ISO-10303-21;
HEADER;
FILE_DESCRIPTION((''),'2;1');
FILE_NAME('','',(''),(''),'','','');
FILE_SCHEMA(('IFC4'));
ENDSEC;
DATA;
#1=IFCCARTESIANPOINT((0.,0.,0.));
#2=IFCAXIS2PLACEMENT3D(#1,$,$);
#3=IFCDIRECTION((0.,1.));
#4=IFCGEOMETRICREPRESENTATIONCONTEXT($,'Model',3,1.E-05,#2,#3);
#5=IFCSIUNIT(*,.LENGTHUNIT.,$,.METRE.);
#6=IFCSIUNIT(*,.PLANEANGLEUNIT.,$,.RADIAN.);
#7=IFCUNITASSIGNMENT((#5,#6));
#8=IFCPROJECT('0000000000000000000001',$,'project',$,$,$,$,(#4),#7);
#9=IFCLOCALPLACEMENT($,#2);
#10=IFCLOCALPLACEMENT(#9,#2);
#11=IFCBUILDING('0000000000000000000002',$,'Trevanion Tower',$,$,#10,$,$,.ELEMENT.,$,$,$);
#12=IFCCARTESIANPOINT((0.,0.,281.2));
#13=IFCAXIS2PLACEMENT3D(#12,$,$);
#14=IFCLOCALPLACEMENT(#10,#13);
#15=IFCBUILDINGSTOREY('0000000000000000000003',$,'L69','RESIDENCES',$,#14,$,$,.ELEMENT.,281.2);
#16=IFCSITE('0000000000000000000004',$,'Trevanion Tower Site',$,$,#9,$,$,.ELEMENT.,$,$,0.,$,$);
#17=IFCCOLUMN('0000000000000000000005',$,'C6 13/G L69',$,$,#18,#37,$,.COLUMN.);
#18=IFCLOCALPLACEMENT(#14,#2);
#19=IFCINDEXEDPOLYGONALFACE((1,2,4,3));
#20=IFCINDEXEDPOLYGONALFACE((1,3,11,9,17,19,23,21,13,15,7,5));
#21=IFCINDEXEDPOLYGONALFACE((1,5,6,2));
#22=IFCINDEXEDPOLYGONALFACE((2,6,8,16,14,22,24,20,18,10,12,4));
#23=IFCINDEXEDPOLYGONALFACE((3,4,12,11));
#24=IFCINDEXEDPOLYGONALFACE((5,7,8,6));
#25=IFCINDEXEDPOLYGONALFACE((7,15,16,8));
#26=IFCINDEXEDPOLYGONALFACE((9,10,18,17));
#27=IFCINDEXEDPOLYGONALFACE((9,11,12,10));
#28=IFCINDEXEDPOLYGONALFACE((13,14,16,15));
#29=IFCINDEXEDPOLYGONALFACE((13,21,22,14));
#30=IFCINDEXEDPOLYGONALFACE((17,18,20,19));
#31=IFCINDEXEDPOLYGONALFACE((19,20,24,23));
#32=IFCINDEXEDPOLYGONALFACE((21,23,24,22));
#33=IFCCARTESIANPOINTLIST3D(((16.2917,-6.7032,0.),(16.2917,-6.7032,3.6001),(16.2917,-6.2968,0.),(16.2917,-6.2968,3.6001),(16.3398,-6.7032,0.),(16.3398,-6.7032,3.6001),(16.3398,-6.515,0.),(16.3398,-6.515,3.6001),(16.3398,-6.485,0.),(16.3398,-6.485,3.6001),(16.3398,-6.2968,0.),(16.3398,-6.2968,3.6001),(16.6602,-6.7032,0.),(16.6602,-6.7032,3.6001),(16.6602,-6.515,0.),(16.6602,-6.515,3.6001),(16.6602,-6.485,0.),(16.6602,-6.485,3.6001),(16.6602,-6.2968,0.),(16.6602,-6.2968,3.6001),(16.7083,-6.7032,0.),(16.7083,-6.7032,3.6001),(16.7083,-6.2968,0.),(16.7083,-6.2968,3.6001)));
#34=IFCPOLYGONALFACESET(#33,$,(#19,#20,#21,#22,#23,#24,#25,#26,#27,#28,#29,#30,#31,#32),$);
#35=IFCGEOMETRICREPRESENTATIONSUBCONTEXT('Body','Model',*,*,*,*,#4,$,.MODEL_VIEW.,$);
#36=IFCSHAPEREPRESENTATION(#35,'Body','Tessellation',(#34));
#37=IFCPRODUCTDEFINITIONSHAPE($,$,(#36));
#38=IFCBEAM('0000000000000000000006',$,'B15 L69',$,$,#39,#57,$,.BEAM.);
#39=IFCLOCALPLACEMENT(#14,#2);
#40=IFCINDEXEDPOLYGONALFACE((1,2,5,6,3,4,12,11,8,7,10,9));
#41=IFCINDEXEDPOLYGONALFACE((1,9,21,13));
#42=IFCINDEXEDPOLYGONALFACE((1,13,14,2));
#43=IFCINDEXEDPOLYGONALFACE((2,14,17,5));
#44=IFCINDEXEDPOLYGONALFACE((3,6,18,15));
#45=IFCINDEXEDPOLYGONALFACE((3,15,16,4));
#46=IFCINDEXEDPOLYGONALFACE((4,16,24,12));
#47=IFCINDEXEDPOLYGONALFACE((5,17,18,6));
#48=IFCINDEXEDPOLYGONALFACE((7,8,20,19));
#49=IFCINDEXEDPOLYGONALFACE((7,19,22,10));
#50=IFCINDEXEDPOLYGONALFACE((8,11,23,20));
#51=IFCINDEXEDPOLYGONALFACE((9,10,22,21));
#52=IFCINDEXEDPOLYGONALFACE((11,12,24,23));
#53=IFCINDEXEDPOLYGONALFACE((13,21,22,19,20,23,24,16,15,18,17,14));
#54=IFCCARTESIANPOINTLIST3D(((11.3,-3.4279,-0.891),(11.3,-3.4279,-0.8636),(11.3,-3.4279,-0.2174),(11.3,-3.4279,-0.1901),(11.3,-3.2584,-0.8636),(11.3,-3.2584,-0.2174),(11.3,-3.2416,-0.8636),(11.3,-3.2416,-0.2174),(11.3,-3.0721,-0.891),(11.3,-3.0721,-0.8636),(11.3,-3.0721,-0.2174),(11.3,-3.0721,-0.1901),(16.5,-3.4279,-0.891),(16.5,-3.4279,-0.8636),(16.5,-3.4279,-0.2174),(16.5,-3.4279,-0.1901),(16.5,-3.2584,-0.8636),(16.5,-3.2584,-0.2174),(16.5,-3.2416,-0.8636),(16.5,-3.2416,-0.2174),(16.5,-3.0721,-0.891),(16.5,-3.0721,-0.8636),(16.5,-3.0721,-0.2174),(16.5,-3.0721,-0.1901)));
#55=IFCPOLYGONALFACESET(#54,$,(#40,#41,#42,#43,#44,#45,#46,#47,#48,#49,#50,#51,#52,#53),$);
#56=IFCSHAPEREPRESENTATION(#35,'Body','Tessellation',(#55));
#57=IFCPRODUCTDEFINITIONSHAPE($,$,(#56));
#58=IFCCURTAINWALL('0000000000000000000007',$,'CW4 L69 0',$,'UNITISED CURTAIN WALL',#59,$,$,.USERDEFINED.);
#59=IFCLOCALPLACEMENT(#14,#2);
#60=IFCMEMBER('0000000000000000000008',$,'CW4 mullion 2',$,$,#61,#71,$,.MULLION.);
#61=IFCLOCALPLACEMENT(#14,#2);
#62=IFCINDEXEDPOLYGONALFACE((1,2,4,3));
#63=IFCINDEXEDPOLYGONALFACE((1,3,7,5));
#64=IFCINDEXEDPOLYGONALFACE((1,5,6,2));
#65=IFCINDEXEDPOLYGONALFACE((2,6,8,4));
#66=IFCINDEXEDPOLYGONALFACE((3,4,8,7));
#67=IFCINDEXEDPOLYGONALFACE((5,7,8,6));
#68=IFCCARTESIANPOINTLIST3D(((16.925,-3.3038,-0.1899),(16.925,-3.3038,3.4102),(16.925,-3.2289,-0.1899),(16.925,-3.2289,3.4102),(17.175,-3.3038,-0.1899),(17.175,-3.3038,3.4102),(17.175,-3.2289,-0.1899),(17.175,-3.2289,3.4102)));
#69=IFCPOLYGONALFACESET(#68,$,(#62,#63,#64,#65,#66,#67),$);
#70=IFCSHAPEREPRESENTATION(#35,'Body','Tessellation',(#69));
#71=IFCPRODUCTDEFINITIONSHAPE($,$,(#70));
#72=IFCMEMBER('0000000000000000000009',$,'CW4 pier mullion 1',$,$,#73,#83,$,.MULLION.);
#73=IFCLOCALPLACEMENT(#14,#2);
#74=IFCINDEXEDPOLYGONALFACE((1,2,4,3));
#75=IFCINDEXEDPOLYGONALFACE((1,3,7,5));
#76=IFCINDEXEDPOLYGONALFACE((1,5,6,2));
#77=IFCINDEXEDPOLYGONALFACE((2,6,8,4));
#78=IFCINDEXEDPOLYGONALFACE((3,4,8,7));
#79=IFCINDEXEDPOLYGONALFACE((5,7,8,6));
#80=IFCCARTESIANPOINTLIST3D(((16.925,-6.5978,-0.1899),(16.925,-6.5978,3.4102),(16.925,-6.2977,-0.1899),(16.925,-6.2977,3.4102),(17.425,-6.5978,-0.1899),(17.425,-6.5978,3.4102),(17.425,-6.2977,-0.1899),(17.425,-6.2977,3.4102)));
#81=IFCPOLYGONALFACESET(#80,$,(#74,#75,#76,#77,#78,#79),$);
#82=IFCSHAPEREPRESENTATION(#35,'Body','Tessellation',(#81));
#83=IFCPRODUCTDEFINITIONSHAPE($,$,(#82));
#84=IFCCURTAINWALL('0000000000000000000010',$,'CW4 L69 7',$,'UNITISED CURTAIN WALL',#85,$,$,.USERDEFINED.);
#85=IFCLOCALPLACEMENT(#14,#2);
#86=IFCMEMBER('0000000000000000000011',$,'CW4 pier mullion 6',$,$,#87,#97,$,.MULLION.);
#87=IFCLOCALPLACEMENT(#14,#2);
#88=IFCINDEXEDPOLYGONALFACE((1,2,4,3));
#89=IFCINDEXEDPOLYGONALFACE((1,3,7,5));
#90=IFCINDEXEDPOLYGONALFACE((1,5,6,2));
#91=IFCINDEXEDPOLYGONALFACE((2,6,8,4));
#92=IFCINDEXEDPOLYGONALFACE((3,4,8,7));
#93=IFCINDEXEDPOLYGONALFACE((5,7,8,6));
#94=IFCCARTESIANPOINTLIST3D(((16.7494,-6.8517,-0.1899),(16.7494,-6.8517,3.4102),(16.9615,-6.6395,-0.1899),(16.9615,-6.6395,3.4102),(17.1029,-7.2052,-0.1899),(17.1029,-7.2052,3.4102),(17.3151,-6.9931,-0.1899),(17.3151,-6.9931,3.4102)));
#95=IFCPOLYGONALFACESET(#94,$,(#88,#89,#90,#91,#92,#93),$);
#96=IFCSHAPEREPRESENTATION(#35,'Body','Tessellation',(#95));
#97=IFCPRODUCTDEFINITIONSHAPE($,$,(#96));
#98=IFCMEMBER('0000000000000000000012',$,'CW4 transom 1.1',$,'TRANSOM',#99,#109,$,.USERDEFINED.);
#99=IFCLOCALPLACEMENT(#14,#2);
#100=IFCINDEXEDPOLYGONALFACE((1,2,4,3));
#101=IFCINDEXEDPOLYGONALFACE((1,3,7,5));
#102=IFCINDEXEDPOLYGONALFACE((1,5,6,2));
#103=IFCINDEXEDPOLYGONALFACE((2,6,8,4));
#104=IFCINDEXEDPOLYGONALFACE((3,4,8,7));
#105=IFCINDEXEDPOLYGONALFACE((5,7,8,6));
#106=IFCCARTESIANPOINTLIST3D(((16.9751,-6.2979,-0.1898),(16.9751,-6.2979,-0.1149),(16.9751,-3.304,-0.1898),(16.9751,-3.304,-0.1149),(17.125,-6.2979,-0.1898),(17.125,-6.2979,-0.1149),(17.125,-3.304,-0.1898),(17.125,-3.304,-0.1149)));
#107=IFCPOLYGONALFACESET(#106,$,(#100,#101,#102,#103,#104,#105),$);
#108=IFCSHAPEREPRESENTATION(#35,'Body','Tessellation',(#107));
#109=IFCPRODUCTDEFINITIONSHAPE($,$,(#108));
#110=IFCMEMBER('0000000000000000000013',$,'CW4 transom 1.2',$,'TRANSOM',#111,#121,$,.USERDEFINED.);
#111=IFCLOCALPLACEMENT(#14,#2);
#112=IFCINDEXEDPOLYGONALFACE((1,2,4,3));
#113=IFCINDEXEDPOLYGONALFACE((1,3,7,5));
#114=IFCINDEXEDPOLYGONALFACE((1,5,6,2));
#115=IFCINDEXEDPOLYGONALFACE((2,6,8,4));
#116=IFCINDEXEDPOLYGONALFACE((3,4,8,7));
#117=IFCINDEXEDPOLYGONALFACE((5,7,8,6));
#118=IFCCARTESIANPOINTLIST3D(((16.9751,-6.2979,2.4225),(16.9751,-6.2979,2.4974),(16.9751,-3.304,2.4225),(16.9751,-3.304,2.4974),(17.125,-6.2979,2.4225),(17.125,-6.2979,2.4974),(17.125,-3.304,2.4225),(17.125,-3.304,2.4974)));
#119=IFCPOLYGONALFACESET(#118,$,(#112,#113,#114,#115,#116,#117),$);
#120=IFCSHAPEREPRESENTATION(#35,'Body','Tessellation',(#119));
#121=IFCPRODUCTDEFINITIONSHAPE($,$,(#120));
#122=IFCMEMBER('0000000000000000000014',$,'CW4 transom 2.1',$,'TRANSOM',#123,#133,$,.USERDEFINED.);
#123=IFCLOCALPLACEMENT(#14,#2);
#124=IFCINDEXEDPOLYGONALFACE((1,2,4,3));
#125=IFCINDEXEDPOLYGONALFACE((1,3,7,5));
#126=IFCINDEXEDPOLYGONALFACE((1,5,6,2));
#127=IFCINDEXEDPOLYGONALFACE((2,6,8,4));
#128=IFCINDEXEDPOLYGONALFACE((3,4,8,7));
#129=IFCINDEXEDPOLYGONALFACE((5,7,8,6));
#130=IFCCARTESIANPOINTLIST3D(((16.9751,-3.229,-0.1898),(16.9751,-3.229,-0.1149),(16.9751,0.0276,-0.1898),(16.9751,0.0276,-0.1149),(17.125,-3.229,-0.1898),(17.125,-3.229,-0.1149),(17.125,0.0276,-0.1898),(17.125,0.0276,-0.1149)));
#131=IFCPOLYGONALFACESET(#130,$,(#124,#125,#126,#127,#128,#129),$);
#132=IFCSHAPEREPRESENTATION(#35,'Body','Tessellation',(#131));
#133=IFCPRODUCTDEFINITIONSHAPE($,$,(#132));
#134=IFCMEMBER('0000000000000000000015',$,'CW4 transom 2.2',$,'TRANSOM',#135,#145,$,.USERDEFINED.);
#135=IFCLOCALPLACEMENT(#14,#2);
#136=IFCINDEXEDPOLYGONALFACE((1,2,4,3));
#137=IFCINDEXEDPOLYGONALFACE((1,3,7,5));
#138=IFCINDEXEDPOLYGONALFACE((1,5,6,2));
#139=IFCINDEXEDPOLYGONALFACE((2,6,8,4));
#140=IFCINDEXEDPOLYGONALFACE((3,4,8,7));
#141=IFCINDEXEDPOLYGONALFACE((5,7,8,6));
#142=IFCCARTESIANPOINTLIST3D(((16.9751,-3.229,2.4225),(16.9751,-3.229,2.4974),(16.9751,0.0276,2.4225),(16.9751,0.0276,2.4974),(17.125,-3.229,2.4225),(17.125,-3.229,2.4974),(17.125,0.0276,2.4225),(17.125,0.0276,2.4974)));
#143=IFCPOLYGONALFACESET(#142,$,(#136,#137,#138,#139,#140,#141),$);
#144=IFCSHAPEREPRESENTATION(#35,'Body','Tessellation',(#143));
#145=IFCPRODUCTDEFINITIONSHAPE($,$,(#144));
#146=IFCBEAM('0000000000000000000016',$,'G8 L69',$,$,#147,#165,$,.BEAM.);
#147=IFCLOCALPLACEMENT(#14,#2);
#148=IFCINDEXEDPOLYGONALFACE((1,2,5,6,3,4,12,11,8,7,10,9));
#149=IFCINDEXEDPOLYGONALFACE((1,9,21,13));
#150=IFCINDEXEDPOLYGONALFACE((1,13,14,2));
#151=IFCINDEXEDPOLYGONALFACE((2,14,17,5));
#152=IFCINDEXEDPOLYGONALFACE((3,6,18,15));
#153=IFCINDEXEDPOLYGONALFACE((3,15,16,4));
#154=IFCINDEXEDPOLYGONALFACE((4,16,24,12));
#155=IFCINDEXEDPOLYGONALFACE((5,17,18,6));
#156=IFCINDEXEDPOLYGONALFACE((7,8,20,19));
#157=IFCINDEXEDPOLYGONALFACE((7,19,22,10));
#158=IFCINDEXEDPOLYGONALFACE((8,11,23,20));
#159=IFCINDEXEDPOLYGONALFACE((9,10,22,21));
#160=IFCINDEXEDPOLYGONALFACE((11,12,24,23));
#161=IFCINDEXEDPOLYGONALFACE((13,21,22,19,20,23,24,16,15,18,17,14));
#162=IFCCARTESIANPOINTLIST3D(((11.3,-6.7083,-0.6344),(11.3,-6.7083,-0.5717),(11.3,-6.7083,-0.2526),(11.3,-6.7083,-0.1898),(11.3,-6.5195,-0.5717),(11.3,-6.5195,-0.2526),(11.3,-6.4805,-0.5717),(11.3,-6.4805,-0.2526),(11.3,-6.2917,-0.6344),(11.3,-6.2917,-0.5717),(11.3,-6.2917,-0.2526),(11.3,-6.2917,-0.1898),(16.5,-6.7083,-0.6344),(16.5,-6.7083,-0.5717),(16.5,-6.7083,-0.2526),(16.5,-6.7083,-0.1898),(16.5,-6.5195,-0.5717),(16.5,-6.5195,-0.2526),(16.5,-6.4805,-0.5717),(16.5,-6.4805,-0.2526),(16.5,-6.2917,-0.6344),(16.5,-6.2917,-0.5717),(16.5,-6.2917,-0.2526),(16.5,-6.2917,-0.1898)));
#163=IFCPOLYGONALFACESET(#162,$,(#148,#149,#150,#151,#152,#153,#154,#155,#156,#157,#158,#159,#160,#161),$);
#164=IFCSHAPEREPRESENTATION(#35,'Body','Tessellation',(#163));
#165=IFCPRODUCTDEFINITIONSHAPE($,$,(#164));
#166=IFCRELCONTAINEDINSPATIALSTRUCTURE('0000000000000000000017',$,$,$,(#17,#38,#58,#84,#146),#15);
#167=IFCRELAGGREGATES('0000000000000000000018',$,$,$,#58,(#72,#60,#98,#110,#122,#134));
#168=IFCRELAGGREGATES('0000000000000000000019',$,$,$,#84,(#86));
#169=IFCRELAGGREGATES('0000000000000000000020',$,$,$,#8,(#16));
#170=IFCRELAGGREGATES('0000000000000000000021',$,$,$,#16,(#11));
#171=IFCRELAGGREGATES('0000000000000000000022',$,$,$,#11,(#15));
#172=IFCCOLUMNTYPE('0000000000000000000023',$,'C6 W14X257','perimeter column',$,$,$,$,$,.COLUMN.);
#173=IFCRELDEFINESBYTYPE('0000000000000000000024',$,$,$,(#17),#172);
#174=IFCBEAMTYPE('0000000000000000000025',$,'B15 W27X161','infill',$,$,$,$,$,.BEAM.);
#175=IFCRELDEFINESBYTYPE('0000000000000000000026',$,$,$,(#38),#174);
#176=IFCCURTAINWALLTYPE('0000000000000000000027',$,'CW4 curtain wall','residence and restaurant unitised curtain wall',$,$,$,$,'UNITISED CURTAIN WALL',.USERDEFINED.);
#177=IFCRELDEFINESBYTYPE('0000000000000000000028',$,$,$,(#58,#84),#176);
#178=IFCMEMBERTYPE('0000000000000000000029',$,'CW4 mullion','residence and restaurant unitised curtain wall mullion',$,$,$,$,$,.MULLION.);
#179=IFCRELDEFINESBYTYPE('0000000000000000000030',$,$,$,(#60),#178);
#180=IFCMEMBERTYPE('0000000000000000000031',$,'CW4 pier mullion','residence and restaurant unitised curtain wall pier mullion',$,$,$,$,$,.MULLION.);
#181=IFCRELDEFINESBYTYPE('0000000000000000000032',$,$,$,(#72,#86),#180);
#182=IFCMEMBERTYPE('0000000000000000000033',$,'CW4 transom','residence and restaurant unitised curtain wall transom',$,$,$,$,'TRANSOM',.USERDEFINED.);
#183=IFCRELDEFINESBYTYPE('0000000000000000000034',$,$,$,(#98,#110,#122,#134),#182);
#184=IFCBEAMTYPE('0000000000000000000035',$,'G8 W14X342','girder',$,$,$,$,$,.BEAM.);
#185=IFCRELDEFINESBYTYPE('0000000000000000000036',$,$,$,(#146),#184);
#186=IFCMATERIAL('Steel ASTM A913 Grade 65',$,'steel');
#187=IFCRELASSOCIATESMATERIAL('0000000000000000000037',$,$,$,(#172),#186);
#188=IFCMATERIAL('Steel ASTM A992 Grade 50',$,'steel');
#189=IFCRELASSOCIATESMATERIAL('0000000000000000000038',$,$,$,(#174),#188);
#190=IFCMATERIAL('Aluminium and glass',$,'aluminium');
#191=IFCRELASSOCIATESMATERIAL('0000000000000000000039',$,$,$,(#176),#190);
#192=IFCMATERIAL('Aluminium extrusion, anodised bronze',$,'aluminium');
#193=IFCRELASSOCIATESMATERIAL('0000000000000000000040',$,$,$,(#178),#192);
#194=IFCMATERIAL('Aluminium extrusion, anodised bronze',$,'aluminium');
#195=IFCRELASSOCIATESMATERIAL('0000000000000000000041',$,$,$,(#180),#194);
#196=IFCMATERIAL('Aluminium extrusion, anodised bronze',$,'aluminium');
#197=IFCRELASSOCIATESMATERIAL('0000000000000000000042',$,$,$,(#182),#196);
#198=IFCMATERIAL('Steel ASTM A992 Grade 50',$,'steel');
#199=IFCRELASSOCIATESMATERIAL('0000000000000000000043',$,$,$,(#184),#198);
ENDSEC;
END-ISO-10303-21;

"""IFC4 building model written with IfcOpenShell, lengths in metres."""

from ifc_helpers import new_model, si_unit, direction, frame, origin, origin_2d, place, context, subcontext, project, spatial, rectangle, i_section, extrude, material, material_profile, profile_set, type_object, element, aggregate, save


model = new_model("IFC4")

# Units and contexts
model_context = context("Model", 3, precision=1e-05, world=origin(), true_north=direction((0.0, 1.0)))
body_context = subcontext(model_context, "Body", "Model", "MODEL_VIEW")
ifc_project = project(units=[si_unit("LENGTHUNIT", "METRE"), si_unit("PLANEANGLEUNIT", "RADIAN")], contexts=[model_context])

# Site, building, storey
site_placement = place(None, origin())
site = spatial("IfcSite", under=ifc_project, at=site_placement, Name="Trevanion Tower Site", CompositionType="ELEMENT", RefElevation=0.0)
building_placement = place(site_placement, origin())
building = spatial("IfcBuilding", under=site, at=building_placement, Name="Trevanion Tower", CompositionType="ELEMENT")
storey_placement = place(building_placement, frame((0.0, 0.0, 281.2)))
storey = spatial("IfcBuildingStorey", under=building, at=storey_placement, Name="L69", Description="RESIDENCES", CompositionType="ELEMENT", Elevation=281.2)

# Column
ifc_material_1 = material(Name="Steel ASTM A913 Grade 65", Category="steel")
ifc_material_profile_1 = material_profile(ifc_material_1, i_section(OverallWidth=0.4065, OverallDepth=0.4165, WebThickness=0.03, FlangeThickness=0.0481, at=origin_2d()), Name="W14X257")
ifc_profile_set_1 = profile_set([ifc_material_profile_1], Name="Steel ASTM A913 Grade 65")
column_type = type_object("IfcColumnType", Name="C6 W14X257", Description="perimeter column", PredefinedType="COLUMN", material=ifc_profile_set_1)
column_placement = place(storey_placement, frame((16.5, -6.5, 0.0), z_axis=(0.0, 0.0, 1.0), x_axis=(0.0, 1.0, 0.0)))
element("IfcColumn", 1, at=column_placement, inside=storey, type_object=column_type, Name="C6 13/G L69", PredefinedType="COLUMN", context=body_context, shape_type="SweptSolid", body=[
    extrude(i_section(OverallWidth=0.4065, OverallDepth=0.4165, WebThickness=0.03, FlangeThickness=0.0481, at=origin_2d()), origin(), (0.0, 0.0, 1.0), 3.6001),
])

# Beam
ifc_material_2 = material(Name="Steel ASTM A992 Grade 50", Category="steel")
ifc_material_profile_2 = material_profile(ifc_material_2, i_section(OverallWidth=0.3557, OverallDepth=0.7009, WebThickness=0.0168, FlangeThickness=0.0273, at=origin_2d()), Name="W27X161")
ifc_profile_set_2 = profile_set([ifc_material_profile_2], Name="Steel ASTM A992 Grade 50")
beam_type_1 = type_object("IfcBeamType", Name="B15 W27X161", Description="infill", PredefinedType="BEAM", material=ifc_profile_set_2)
beam_1_placement = place(storey_placement, frame((11.3, -3.25, -0.5405), z_axis=(1.0, 0.0, 0.0), x_axis=(0.0, 1.0, 0.0)))
element("IfcBeam", 2, at=beam_1_placement, inside=storey, type_object=beam_type_1, Name="B15 L69", PredefinedType="BEAM", context=body_context, shape_type="SweptSolid", body=[
    extrude(i_section(OverallWidth=0.3557, OverallDepth=0.7009, WebThickness=0.0168, FlangeThickness=0.0273, at=origin_2d()), origin(), (0.0, 0.0, 1.0), 5.2),
])

# Curtain wall, members
ifc_material_3 = material(Name="Aluminium and glass", Category="aluminium")
curtain_wall_type = type_object("IfcCurtainWallType", Name="CW4 curtain wall", Description="residence and restaurant unitised curtain wall", ElementType="UNITISED CURTAIN WALL", PredefinedType="USERDEFINED", material=ifc_material_3)
curtain_wall_1_placement = place(storey_placement, origin())
curtain_wall_1 = element("IfcCurtainWall", 3, at=curtain_wall_1_placement, inside=storey, type_object=curtain_wall_type, Name="CW4 L69 0", ObjectType="UNITISED CURTAIN WALL", PredefinedType="USERDEFINED")
ifc_material_4 = material(Name="Aluminium extrusion, anodised bronze", Category="aluminium")
ifc_material_profile_3 = material_profile(ifc_material_4, rectangle(XDim=0.075, YDim=0.25, at=origin_2d()), Name="CW4 mullion")
ifc_profile_set_3 = profile_set([ifc_material_profile_3], Name="Aluminium extrusion, anodised bronze")
member_type_1 = type_object("IfcMemberType", Name="CW4 mullion", Description="residence and restaurant unitised curtain wall mullion", PredefinedType="MULLION", material=ifc_profile_set_3)
member_1_placement = place(storey_placement, frame((17.05, -3.2664, -0.1899), z_axis=(0.0, 0.0, 1.0), x_axis=(0.0, 1.0, 0.0)))
member_1 = element("IfcMember", 4, at=member_1_placement, type_object=member_type_1, Name="CW4 mullion 2", PredefinedType="MULLION", context=body_context, shape_type="SweptSolid", body=[
    extrude(rectangle(XDim=0.075, YDim=0.25, at=origin_2d()), origin(), (0.0, 0.0, 1.0), 3.6001),
])
ifc_material_5 = material(Name="Aluminium extrusion, anodised bronze", Category="aluminium")
ifc_material_profile_4 = material_profile(ifc_material_5, rectangle(XDim=0.3, YDim=0.5, at=origin_2d()), Name="CW4 pier mullion")
ifc_profile_set_4 = profile_set([ifc_material_profile_4], Name="Aluminium extrusion, anodised bronze")
member_type_2 = type_object("IfcMemberType", Name="CW4 pier mullion", Description="residence and restaurant unitised curtain wall pier mullion", PredefinedType="MULLION", material=ifc_profile_set_4)
member_2_placement = place(storey_placement, frame((17.175, -6.4478, -0.1899), z_axis=(0.0, 0.0, 1.0), x_axis=(0.0, 1.0, 0.0)))
member_2 = element("IfcMember", 5, at=member_2_placement, type_object=member_type_2, Name="CW4 pier mullion 1", PredefinedType="MULLION", context=body_context, shape_type="SweptSolid", body=[
    extrude(rectangle(XDim=0.3, YDim=0.5, at=origin_2d()), origin(), (0.0, 0.0, 1.0), 3.6001),
])

# Curtain wall, member
curtain_wall_2_placement = place(storey_placement, origin())
curtain_wall_2 = element("IfcCurtainWall", 6, at=curtain_wall_2_placement, inside=storey, type_object=curtain_wall_type, Name="CW4 L69 7", ObjectType="UNITISED CURTAIN WALL", PredefinedType="USERDEFINED")
member_3_placement = place(storey_placement, frame((17.0322, -6.9224, -0.1899), z_axis=(0.0, 0.0, 1.0), x_axis=(0.707107, 0.707107, 0.0)))
member_3 = element("IfcMember", 7, at=member_3_placement, type_object=member_type_2, Name="CW4 pier mullion 6", PredefinedType="MULLION", context=body_context, shape_type="SweptSolid", body=[
    extrude(rectangle(XDim=0.3, YDim=0.5, at=origin_2d()), origin(), (0.0, 0.0, 1.0), 3.6001),
])

# Members
ifc_material_6 = material(Name="Aluminium extrusion, anodised bronze", Category="aluminium")
ifc_material_profile_5 = material_profile(ifc_material_6, rectangle(XDim=0.1499, YDim=0.075, at=origin_2d()), Name="CW4 transom")
ifc_profile_set_5 = profile_set([ifc_material_profile_5], Name="Aluminium extrusion, anodised bronze")
member_type_3 = type_object("IfcMemberType", Name="CW4 transom", Description="residence and restaurant unitised curtain wall transom", ElementType="TRANSOM", PredefinedType="USERDEFINED", material=ifc_profile_set_5)
member_4_placement = place(storey_placement, frame((17.05, -6.2979, -0.1523), z_axis=(0.0, 1.0, 0.0), x_axis=(-1.0, 0.0, 0.0)))
member_4 = element("IfcMember", 8, at=member_4_placement, type_object=member_type_3, Name="CW4 transom 1.1", ObjectType="TRANSOM", PredefinedType="USERDEFINED", context=body_context, shape_type="SweptSolid", body=[
    extrude(rectangle(XDim=0.1499, YDim=0.075, at=origin_2d()), origin(), (0.0, 0.0, 1.0), 2.9939),
])
member_5_placement = place(storey_placement, frame((17.05, -6.2979, 2.46), z_axis=(0.0, 1.0, 0.0), x_axis=(-1.0, 0.0, 0.0)))
member_5 = element("IfcMember", 9, at=member_5_placement, type_object=member_type_3, Name="CW4 transom 1.2", ObjectType="TRANSOM", PredefinedType="USERDEFINED", context=body_context, shape_type="SweptSolid", body=[
    extrude(rectangle(XDim=0.1499, YDim=0.075, at=origin_2d()), origin(), (0.0, 0.0, 1.0), 2.9939),
])
member_6_placement = place(storey_placement, frame((17.05, -3.229, -0.1523), z_axis=(0.0, 1.0, 0.0), x_axis=(-1.0, 0.0, 0.0)))
member_6 = element("IfcMember", 10, at=member_6_placement, type_object=member_type_3, Name="CW4 transom 2.1", ObjectType="TRANSOM", PredefinedType="USERDEFINED", context=body_context, shape_type="SweptSolid", body=[
    extrude(rectangle(XDim=0.1499, YDim=0.075, at=origin_2d()), origin(), (0.0, 0.0, 1.0), 3.2566),
])
member_7_placement = place(storey_placement, frame((17.05, -3.229, 2.46), z_axis=(0.0, 1.0, 0.0), x_axis=(-1.0, 0.0, 0.0)))
member_7 = element("IfcMember", 11, at=member_7_placement, type_object=member_type_3, Name="CW4 transom 2.2", ObjectType="TRANSOM", PredefinedType="USERDEFINED", context=body_context, shape_type="SweptSolid", body=[
    extrude(rectangle(XDim=0.1499, YDim=0.075, at=origin_2d()), origin(), (0.0, 0.0, 1.0), 3.2566),
])

# Beam
ifc_material_7 = material(Name="Steel ASTM A992 Grade 50", Category="steel")
ifc_material_profile_6 = material_profile(ifc_material_7, i_section(OverallWidth=0.4165, OverallDepth=0.4446, WebThickness=0.0391, FlangeThickness=0.0627, at=origin_2d()), Name="W14X342")
ifc_profile_set_6 = profile_set([ifc_material_profile_6], Name="Steel ASTM A992 Grade 50")
beam_type_2 = type_object("IfcBeamType", Name="G8 W14X342", Description="girder", PredefinedType="BEAM", material=ifc_profile_set_6)
beam_2_placement = place(storey_placement, frame((11.3, -6.5, -0.4121), z_axis=(1.0, 0.0, 0.0), x_axis=(0.0, 1.0, 0.0)))
element("IfcBeam", 12, at=beam_2_placement, inside=storey, type_object=beam_type_2, Name="G8 L69", PredefinedType="BEAM", context=body_context, shape_type="SweptSolid", body=[
    extrude(i_section(OverallWidth=0.4165, OverallDepth=0.4446, WebThickness=0.0391, FlangeThickness=0.0627, at=origin_2d()), origin(), (0.0, 0.0, 1.0), 5.2),
])

aggregate(curtain_wall_1, [member_2, member_1, member_4, member_5, member_6, member_7])
aggregate(curtain_wall_2, [member_3])

save(model, "model.ifc")
